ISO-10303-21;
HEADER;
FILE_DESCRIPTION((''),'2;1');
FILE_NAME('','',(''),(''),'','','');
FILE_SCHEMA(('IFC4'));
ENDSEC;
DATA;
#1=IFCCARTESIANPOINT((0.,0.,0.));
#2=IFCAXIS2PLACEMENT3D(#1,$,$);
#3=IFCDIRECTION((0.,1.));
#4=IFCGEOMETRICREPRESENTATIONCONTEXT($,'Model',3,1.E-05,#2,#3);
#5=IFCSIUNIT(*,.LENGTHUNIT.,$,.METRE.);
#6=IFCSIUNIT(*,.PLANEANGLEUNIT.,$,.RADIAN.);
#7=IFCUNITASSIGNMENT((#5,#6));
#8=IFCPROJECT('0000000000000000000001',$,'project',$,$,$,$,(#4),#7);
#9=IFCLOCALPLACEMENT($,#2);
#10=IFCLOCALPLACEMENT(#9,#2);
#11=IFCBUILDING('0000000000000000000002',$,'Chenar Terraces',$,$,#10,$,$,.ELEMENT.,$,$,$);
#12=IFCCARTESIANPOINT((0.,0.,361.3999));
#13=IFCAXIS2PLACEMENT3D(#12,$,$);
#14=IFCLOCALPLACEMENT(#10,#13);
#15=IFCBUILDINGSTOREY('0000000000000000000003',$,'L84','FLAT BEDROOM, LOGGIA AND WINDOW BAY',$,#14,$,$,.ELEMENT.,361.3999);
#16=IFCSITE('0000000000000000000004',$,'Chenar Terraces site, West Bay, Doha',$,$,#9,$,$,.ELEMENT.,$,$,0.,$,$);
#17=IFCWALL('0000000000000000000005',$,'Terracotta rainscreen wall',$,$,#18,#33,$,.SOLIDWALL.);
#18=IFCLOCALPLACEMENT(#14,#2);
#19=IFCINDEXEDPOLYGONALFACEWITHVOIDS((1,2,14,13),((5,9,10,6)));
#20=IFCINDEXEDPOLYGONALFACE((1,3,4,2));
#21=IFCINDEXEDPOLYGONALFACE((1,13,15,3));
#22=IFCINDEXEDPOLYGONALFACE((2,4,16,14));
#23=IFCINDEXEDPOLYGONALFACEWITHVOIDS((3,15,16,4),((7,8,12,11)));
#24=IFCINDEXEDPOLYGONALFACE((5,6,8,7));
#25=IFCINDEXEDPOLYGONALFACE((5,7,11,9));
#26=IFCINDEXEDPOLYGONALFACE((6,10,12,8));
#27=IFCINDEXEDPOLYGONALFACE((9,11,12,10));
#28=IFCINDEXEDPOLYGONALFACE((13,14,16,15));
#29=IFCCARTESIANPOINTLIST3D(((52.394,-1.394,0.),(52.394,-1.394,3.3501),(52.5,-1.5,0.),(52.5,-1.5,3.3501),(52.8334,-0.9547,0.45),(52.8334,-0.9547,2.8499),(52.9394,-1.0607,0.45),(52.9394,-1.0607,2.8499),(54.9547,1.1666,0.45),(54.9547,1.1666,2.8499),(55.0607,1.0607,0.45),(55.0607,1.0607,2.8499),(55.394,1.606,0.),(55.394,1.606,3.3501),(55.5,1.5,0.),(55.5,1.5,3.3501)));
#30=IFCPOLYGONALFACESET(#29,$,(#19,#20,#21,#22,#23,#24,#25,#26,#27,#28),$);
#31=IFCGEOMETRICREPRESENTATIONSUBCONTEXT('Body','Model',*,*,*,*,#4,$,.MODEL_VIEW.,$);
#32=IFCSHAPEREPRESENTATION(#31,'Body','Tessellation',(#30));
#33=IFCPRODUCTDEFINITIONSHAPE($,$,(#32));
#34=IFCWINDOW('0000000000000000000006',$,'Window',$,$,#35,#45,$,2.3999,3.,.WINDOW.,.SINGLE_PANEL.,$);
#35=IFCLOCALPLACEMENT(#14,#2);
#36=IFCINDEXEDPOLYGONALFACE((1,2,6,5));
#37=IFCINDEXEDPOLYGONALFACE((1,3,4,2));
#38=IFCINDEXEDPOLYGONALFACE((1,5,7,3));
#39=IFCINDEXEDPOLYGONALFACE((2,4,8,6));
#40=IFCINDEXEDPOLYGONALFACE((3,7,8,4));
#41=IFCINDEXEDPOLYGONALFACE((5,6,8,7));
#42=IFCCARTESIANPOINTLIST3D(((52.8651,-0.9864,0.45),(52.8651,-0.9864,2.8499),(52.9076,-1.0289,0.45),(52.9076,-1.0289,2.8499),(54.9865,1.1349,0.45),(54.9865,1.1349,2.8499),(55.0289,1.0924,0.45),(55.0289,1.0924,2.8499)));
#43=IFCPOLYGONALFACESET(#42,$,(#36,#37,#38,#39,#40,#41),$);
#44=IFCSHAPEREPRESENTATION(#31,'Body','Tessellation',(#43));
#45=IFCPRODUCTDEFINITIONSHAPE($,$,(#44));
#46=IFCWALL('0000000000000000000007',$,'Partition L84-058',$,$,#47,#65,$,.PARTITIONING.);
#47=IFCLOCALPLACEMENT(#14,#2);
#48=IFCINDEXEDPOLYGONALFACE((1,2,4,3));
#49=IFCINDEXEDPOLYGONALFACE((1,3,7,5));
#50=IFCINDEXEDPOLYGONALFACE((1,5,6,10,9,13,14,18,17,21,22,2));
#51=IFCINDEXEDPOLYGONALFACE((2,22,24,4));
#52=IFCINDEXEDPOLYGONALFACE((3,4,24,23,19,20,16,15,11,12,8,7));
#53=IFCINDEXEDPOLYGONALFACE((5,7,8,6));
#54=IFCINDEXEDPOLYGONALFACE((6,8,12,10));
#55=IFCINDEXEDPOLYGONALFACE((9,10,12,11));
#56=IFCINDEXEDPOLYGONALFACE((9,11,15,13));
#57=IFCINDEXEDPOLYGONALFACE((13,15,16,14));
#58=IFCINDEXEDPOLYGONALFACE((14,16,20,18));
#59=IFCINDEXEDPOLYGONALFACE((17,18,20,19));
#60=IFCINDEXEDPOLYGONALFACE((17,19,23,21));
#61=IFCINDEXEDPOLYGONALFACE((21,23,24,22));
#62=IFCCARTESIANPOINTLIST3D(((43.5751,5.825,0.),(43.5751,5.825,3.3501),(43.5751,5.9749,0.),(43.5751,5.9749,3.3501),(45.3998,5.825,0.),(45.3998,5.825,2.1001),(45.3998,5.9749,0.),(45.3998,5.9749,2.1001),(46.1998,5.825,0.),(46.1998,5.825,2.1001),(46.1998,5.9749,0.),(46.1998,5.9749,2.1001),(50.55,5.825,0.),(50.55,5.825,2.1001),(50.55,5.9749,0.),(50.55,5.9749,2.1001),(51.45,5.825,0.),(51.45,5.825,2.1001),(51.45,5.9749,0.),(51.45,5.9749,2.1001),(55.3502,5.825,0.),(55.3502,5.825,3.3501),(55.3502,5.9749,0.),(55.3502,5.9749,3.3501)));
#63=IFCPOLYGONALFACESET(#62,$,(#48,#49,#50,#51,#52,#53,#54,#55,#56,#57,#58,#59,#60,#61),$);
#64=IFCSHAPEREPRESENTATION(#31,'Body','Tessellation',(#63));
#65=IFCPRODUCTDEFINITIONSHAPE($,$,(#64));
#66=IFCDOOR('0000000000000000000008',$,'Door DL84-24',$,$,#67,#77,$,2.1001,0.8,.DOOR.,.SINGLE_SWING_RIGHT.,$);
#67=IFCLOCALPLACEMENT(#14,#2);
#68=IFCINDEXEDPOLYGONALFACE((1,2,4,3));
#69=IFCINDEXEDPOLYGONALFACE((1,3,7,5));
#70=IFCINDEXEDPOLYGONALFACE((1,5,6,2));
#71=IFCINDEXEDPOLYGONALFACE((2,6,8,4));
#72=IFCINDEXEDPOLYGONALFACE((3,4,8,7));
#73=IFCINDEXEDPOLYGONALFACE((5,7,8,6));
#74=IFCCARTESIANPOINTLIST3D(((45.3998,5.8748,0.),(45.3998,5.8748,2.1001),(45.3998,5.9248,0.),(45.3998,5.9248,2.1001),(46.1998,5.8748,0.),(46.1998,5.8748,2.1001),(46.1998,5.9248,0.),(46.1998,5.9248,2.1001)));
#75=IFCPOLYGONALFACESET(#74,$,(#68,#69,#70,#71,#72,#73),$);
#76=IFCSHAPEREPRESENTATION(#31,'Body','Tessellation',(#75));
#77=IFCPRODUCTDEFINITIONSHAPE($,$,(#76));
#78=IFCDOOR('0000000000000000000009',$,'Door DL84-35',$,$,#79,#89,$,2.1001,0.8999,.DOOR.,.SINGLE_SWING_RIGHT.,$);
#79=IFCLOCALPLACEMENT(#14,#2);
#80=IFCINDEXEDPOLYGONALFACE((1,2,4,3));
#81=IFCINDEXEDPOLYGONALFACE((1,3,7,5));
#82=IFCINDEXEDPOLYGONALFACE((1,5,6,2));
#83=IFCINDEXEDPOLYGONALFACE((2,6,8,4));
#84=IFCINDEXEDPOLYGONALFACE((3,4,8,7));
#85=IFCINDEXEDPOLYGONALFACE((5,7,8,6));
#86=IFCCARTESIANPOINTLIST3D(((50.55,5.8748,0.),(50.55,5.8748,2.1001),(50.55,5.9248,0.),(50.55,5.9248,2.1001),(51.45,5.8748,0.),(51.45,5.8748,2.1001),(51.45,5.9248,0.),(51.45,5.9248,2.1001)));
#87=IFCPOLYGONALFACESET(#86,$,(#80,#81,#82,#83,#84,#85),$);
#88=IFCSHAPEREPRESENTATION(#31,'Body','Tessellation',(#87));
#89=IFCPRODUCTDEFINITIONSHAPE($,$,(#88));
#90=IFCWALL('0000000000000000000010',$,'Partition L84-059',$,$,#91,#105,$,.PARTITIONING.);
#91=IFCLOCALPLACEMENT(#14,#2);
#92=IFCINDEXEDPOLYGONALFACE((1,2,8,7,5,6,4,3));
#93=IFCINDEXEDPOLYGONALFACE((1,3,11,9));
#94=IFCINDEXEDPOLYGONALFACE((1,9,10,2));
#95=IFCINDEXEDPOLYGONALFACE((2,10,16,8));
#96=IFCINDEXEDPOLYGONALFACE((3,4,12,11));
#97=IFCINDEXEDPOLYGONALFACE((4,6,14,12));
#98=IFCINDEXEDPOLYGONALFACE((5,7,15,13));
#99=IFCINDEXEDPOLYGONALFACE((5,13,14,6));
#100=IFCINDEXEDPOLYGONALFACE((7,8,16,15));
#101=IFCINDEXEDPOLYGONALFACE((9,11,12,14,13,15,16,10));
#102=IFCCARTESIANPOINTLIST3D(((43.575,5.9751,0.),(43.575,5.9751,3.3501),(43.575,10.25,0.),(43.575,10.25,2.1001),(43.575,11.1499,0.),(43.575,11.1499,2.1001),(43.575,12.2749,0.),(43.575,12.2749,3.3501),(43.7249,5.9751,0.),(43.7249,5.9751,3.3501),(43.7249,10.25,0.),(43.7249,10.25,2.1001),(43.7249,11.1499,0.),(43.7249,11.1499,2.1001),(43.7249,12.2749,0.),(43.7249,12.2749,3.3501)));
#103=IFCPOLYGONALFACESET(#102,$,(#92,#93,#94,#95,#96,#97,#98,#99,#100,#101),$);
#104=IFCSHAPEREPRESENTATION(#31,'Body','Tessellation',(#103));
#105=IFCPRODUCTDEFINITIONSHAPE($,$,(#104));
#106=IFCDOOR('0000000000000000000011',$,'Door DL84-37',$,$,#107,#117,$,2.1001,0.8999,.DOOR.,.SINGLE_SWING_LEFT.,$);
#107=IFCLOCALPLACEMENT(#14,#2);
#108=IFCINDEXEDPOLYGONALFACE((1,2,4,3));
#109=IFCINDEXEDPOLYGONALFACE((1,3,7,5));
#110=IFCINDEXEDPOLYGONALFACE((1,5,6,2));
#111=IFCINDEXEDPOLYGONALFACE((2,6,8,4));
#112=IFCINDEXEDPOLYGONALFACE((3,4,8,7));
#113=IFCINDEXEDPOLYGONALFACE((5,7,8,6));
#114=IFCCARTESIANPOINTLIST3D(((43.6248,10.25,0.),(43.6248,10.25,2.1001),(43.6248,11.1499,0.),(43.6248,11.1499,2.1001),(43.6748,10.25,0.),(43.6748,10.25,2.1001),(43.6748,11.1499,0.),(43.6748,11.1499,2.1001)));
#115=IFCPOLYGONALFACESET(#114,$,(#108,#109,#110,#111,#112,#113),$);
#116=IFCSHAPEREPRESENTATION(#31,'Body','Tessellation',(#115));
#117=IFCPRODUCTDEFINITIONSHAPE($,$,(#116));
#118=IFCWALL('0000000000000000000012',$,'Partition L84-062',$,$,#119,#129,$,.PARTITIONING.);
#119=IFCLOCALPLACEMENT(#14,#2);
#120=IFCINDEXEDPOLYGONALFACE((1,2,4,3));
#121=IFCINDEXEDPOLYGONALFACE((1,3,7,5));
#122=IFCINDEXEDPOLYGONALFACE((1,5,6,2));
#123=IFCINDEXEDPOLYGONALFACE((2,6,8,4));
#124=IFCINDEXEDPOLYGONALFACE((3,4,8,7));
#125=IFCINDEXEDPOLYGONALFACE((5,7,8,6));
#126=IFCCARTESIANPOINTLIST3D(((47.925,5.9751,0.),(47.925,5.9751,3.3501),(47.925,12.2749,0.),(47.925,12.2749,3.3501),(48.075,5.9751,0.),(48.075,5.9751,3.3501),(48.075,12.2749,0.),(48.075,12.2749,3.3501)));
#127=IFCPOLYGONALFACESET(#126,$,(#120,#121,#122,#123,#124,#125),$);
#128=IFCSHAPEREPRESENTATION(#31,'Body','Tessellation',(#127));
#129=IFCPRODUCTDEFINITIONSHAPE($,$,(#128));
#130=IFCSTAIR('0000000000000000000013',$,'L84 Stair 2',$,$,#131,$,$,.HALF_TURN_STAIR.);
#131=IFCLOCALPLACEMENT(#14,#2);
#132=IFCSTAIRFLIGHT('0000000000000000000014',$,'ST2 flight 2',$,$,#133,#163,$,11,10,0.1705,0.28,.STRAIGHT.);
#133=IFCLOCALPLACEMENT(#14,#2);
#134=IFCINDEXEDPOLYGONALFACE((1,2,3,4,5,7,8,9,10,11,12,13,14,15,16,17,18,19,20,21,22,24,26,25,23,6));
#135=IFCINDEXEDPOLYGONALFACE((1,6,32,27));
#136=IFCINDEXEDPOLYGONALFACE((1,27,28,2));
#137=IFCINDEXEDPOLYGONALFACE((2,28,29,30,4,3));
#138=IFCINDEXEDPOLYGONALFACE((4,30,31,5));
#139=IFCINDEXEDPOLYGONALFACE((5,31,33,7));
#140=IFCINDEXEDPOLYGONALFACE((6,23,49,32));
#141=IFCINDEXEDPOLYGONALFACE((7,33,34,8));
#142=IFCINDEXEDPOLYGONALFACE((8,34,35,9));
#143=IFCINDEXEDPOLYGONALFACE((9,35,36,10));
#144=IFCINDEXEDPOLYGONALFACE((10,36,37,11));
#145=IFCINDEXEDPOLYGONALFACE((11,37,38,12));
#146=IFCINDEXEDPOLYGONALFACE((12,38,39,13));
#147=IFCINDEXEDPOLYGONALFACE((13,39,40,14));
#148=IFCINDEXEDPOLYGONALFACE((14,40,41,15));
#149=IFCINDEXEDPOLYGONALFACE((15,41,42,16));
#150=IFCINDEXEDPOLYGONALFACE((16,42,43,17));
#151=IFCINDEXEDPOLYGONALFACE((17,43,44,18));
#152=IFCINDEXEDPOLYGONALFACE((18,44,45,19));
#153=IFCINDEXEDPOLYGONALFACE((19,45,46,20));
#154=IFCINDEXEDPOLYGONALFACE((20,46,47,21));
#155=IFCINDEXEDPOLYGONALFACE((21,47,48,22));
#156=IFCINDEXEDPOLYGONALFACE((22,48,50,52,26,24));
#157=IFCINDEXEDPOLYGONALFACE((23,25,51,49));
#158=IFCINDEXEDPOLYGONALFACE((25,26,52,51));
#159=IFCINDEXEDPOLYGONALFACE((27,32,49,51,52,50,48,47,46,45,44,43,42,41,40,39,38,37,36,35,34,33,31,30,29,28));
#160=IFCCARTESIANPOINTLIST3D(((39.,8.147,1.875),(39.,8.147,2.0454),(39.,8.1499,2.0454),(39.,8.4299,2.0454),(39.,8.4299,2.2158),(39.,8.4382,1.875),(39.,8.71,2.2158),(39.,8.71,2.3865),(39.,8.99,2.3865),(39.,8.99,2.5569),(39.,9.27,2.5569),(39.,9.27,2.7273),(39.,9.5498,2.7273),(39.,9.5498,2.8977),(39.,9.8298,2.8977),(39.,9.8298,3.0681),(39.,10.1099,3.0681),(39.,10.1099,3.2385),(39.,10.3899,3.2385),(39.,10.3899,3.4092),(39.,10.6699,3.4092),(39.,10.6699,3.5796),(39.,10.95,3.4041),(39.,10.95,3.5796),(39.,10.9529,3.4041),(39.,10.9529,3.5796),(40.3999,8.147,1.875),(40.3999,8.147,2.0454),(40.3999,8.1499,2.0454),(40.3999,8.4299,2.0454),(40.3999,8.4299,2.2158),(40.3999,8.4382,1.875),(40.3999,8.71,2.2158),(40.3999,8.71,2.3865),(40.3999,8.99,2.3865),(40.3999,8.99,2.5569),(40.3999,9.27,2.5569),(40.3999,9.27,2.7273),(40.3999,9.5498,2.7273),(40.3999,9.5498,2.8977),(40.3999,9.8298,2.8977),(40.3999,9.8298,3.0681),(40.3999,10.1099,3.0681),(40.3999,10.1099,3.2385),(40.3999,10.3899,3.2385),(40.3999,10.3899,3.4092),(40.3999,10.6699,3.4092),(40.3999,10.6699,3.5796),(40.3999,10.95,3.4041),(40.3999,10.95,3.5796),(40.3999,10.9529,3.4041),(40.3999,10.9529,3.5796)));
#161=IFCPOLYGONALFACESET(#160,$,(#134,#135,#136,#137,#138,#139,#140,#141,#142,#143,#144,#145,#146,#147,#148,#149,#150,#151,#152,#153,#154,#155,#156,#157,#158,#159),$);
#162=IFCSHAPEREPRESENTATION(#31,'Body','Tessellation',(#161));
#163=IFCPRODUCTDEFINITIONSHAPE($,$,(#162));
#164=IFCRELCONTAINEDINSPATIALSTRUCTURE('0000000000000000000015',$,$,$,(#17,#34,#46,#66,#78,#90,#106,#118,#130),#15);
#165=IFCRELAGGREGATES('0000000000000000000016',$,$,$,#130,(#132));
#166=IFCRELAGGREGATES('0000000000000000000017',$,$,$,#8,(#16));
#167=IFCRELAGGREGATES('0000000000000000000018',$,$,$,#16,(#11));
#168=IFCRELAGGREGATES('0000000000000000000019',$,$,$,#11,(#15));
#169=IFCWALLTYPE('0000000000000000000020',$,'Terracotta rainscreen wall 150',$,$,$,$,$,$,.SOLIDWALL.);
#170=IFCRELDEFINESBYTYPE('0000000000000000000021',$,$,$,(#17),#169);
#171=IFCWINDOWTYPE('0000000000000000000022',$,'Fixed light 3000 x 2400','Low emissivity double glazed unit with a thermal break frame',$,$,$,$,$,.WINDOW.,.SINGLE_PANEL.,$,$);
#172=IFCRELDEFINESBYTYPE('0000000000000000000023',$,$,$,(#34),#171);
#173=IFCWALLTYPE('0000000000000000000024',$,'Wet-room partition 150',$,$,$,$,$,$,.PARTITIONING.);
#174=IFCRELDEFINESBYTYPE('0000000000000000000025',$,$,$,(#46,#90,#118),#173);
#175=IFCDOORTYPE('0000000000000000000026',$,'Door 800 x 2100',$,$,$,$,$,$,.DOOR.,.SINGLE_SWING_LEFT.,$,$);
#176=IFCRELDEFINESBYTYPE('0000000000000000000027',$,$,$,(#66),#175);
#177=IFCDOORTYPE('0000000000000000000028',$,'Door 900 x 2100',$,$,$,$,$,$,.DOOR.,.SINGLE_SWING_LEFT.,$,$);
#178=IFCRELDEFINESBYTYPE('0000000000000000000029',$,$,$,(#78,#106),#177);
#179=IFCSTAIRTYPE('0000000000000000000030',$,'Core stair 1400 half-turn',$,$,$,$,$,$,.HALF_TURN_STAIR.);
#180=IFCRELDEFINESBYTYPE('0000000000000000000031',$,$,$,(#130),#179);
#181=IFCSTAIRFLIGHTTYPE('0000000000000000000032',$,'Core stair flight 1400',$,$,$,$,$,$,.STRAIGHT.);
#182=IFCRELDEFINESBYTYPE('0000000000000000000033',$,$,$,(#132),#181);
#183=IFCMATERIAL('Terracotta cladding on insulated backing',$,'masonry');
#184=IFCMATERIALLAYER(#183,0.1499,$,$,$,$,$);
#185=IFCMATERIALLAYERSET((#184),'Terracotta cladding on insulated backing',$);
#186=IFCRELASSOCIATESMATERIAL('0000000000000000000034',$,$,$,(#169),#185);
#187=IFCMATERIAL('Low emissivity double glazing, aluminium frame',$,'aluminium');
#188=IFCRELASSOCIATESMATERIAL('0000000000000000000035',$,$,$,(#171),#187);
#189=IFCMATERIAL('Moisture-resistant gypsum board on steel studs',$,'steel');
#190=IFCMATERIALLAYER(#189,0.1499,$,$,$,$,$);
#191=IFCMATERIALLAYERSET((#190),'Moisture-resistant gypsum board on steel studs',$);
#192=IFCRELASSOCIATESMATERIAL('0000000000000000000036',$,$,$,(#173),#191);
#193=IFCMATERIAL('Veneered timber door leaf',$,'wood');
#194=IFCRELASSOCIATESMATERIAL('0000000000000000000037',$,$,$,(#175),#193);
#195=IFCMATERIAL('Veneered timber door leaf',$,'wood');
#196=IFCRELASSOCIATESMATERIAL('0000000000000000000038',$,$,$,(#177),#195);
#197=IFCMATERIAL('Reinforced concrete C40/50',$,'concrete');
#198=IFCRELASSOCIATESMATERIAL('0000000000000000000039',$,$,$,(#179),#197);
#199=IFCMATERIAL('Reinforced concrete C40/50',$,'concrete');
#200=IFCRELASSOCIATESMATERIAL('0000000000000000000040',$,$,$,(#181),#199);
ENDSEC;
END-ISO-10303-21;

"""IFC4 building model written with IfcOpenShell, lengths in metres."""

from ifc_helpers import new_model, si_unit, direction, frame, frame_2d, origin, place, context, subcontext, project, spatial, polyline, rectangle, outline, extrude, material, layer, layer_set, type_object, element, fill, aggregate, save


model = new_model("IFC4")

# Units and contexts
model_context = context("Model", 3, precision=1e-05, world=origin(), true_north=direction((0.0, 1.0)))
body_context = subcontext(model_context, "Body", "Model", "MODEL_VIEW")
ifc_project = project(units=[si_unit("LENGTHUNIT", "METRE"), si_unit("PLANEANGLEUNIT", "RADIAN")], contexts=[model_context])

# Site, building, storey
site_placement = place(None, origin())
site = spatial("IfcSite", under=ifc_project, at=site_placement, Name="Chenar Terraces site, West Bay, Doha", CompositionType="ELEMENT", RefElevation=0.0)
building_placement = place(site_placement, origin())
building = spatial("IfcBuilding", under=site, at=building_placement, Name="Chenar Terraces", CompositionType="ELEMENT")
storey_placement = place(building_placement, frame((0.0, 0.0, 361.3999)))
storey = spatial("IfcBuildingStorey", under=building, at=storey_placement, Name="L84", Description="FLAT BEDROOM, LOGGIA AND WINDOW BAY", CompositionType="ELEMENT", Elevation=361.3999)

# Wall, opening, window
ifc_material_1 = material(Name="Terracotta cladding on insulated backing", Category="masonry")
ifc_layer_1 = layer(ifc_material_1, 0.1499)
ifc_layer_set_1 = layer_set([ifc_layer_1], Name="Terracotta cladding on insulated backing")
wall_type_1 = type_object("IfcWallType", Name="Terracotta rainscreen wall 150", PredefinedType="SOLIDWALL", material=ifc_layer_set_1)
wall_1_placement = place(storey_placement, frame((52.447, -1.447, 0.0), z_axis=(0.0, 0.0, 1.0), x_axis=(0.707107, 0.707107, 0.0)))
wall_1 = element("IfcWall", 1, at=wall_1_placement, inside=storey, type_object=wall_type_1, Name="Terracotta rainscreen wall", PredefinedType="SOLIDWALL", context=body_context, shape_type="SweptSolid", body=[
    extrude(rectangle(XDim=4.2427, YDim=0.1499, at=frame_2d((2.1213, 0.0))), origin(), (0.0, 0.0, 1.0), 3.3501),
])
opening_1_placement = place(wall_1_placement, frame((0.6213, 0.0, 0.45)))
opening_1 = element("IfcOpeningElement", 2, at=opening_1_placement, cuts=wall_1, PredefinedType="OPENING", context=body_context, shape_type="SweptSolid", body=[
    extrude(rectangle(XDim=3.0, YDim=2.3999, at=frame_2d((1.5, 1.2))), frame((0.0, 0.085, 0.0), z_axis=(0.0, -1.0, 0.0), x_axis=(1.0, 0.0, 0.0)), (0.0, 0.0, 1.0), 0.1699),
])
ifc_material_2 = material(Name="Low emissivity double glazing, aluminium frame", Category="aluminium")
window_type_1 = type_object("IfcWindowType", Name="Fixed light 3000 x 2400", Description="Low emissivity double glazed unit with a thermal break frame", PartitioningType="SINGLE_PANEL", PredefinedType="WINDOW", material=ifc_material_2)
window_1_placement = place(opening_1_placement, origin())
window_1 = element("IfcWindow", 3, at=window_1_placement, inside=storey, type_object=window_type_1, Name="Window", OverallHeight=2.3999, OverallWidth=3.0, PartitioningType="SINGLE_PANEL", PredefinedType="WINDOW", context=body_context, shape_type="SweptSolid", body=[
    extrude(rectangle(XDim=3.0, YDim=2.3999, at=frame_2d((1.5, 1.2))), frame((0.0, 0.03, 0.0), z_axis=(0.0, -1.0, 0.0), x_axis=(1.0, 0.0, 0.0)), (0.0, 0.0, 1.0), 0.0601),
])
fill(opening_1, window_1)

# Wall, openings, doors
ifc_material_3 = material(Name="Moisture-resistant gypsum board on steel studs", Category="steel")
ifc_layer_2 = layer(ifc_material_3, 0.1499)
ifc_layer_set_2 = layer_set([ifc_layer_2], Name="Moisture-resistant gypsum board on steel studs")
wall_type_2 = type_object("IfcWallType", Name="Wet-room partition 150", PredefinedType="PARTITIONING", material=ifc_layer_set_2)
wall_2_placement = place(storey_placement, frame((43.575, 5.8999, 0.0), z_axis=(0.0, 0.0, 1.0), x_axis=(1.0, 0.0, 0.0)))
wall_2 = element("IfcWall", 4, at=wall_2_placement, inside=storey, type_object=wall_type_2, Name="Partition L84-058", PredefinedType="PARTITIONING", context=body_context, shape_type="SweptSolid", body=[
    extrude(rectangle(XDim=11.7751, YDim=0.1499, at=frame_2d((5.8877, 0.0))), origin(), (0.0, 0.0, 1.0), 3.3501),
])
opening_2_placement = place(wall_2_placement, frame((1.825, 0.0, 0.0)))
opening_2 = element("IfcOpeningElement", 5, at=opening_2_placement, cuts=wall_2, PredefinedType="OPENING", context=body_context, shape_type="SweptSolid", body=[
    extrude(rectangle(XDim=0.8, YDim=2.1001, at=frame_2d((0.3999, 1.05))), frame((0.0, 0.085, 0.0), z_axis=(0.0, -1.0, 0.0), x_axis=(1.0, 0.0, 0.0)), (0.0, 0.0, 1.0), 0.1699),
])
opening_3_placement = place(wall_2_placement, frame((6.9751, 0.0, 0.0)))
opening_3 = element("IfcOpeningElement", 6, at=opening_3_placement, cuts=wall_2, PredefinedType="OPENING", context=body_context, shape_type="SweptSolid", body=[
    extrude(rectangle(XDim=0.8999, YDim=2.1001, at=frame_2d((0.45, 1.05))), frame((0.0, 0.085, 0.0), z_axis=(0.0, -1.0, 0.0), x_axis=(1.0, 0.0, 0.0)), (0.0, 0.0, 1.0), 0.1699),
])
ifc_material_4 = material(Name="Veneered timber door leaf", Category="wood")
door_type_1 = type_object("IfcDoorType", Name="Door 800 x 2100", OperationType="SINGLE_SWING_LEFT", PredefinedType="DOOR", material=ifc_material_4)
door_1_placement = place(opening_2_placement, origin())
door_1 = element("IfcDoor", 7, at=door_1_placement, inside=storey, type_object=door_type_1, Name="Door DL84-24", OperationType="SINGLE_SWING_RIGHT", OverallHeight=2.1001, OverallWidth=0.8, PredefinedType="DOOR", context=body_context, shape_type="SweptSolid", body=[
    extrude(rectangle(XDim=0.8, YDim=2.1001, at=frame_2d((0.3999, 1.05))), frame((0.0, 0.0249, 0.0), z_axis=(0.0, -1.0, 0.0), x_axis=(1.0, 0.0, 0.0)), (0.0, 0.0, 1.0), 0.05),
])
fill(opening_2, door_1)
ifc_material_5 = material(Name="Veneered timber door leaf", Category="wood")
door_type_2 = type_object("IfcDoorType", Name="Door 900 x 2100", OperationType="SINGLE_SWING_LEFT", PredefinedType="DOOR", material=ifc_material_5)
door_2_placement = place(opening_3_placement, origin())
door_2 = element("IfcDoor", 8, at=door_2_placement, inside=storey, type_object=door_type_2, Name="Door DL84-35", OperationType="SINGLE_SWING_RIGHT", OverallHeight=2.1001, OverallWidth=0.8999, PredefinedType="DOOR", context=body_context, shape_type="SweptSolid", body=[
    extrude(rectangle(XDim=0.8999, YDim=2.1001, at=frame_2d((0.45, 1.05))), frame((0.0, 0.0249, 0.0), z_axis=(0.0, -1.0, 0.0), x_axis=(1.0, 0.0, 0.0)), (0.0, 0.0, 1.0), 0.05),
])
fill(opening_3, door_2)

# Wall, opening, door
wall_3_placement = place(storey_placement, frame((43.6499, 5.9751, 0.0), z_axis=(0.0, 0.0, 1.0), x_axis=(0.0, 1.0, 0.0)))
wall_3 = element("IfcWall", 9, at=wall_3_placement, inside=storey, type_object=wall_type_2, Name="Partition L84-059", PredefinedType="PARTITIONING", context=body_context, shape_type="SweptSolid", body=[
    extrude(rectangle(XDim=6.2998, YDim=0.1499, at=frame_2d((3.1499, 0.0))), origin(), (0.0, 0.0, 1.0), 3.3501),
])
opening_4_placement = place(wall_3_placement, frame((4.2749, 0.0, 0.0)))
opening_4 = element("IfcOpeningElement", 10, at=opening_4_placement, cuts=wall_3, PredefinedType="OPENING", context=body_context, shape_type="SweptSolid", body=[
    extrude(rectangle(XDim=0.8999, YDim=2.1001, at=frame_2d((0.45, 1.05))), frame((0.0, 0.085, 0.0), z_axis=(0.0, -1.0, 0.0), x_axis=(1.0, 0.0, 0.0)), (0.0, 0.0, 1.0), 0.1699),
])
door_3_placement = place(opening_4_placement, frame((0.8999, 0.0, 0.0), z_axis=(0.0, 0.0, 1.0), x_axis=(-1.0, 0.0, 0.0)))
door_3 = element("IfcDoor", 11, at=door_3_placement, inside=storey, type_object=door_type_2, Name="Door DL84-37", OperationType="SINGLE_SWING_LEFT", OverallHeight=2.1001, OverallWidth=0.8999, PredefinedType="DOOR", context=body_context, shape_type="SweptSolid", body=[
    extrude(rectangle(XDim=0.8999, YDim=2.1001, at=frame_2d((0.45, 1.05))), frame((0.0, 0.0249, 0.0), z_axis=(0.0, -1.0, 0.0), x_axis=(1.0, 0.0, 0.0)), (0.0, 0.0, 1.0), 0.05),
])
fill(opening_4, door_3)

# Wall
wall_4_placement = place(storey_placement, frame((48.0, 5.9751, 0.0), z_axis=(0.0, 0.0, 1.0), x_axis=(0.0, 1.0, 0.0)))
element("IfcWall", 12, at=wall_4_placement, inside=storey, type_object=wall_type_2, Name="Partition L84-062", PredefinedType="PARTITIONING", context=body_context, shape_type="SweptSolid", body=[
    extrude(rectangle(XDim=6.2998, YDim=0.1499, at=frame_2d((3.1499, 0.0))), origin(), (0.0, 0.0, 1.0), 3.3501),
])

# Stair, stair flight
ifc_material_6 = material(Name="Reinforced concrete C40/50", Category="concrete")
stair_type = type_object("IfcStairType", Name="Core stair 1400 half-turn", PredefinedType="HALF_TURN_STAIR", material=ifc_material_6)
stair_placement = place(storey_placement, origin())
stair = element("IfcStair", 13, at=stair_placement, inside=storey, type_object=stair_type, Name="L84 Stair 2", PredefinedType="HALF_TURN_STAIR")
ifc_material_7 = material(Name="Reinforced concrete C40/50", Category="concrete")
stair_flight_type = type_object("IfcStairFlightType", Name="Core stair flight 1400", PredefinedType="STRAIGHT", material=ifc_material_7)
stair_flight_placement = place(storey_placement, frame((39.7, 8.1499, 1.875), z_axis=(0.0, 0.0, 1.0), x_axis=(0.0, 1.0, 0.0)))
stair_flight = element("IfcStairFlight", 14, at=stair_flight_placement, type_object=stair_flight_type, Name="ST2 flight 2", NumberOfRisers=11, NumberOfTreads=10, PredefinedType="STRAIGHT", RiserHeight=0.1705, TreadLength=0.28, context=body_context, shape_type="SweptSolid", body=[
    extrude(outline(polyline([(-0.0029, 0.0), (-0.0029, 0.1704), (0.0, 0.1704), (0.28, 0.1704), (0.28, 0.3408), (0.5601, 0.3408), (0.5601, 0.5115), (0.8401, 0.5115), (0.8401, 0.6819), (1.1201, 0.6819), (1.1201, 0.8523), (1.3999, 0.8523), (1.3999, 1.0227), (1.6799, 1.0227), (1.6799, 1.1931), (1.96, 1.1931), (1.96, 1.3635), (2.24, 1.3635), (2.24, 1.5342), (2.52, 1.5342), (2.52, 1.7046), (2.8, 1.7046), (2.803, 1.7046), (2.803, 1.5291), (2.8, 1.5291), (0.2883, 0.0), (-0.0029, 0.0)])), frame((0.0, 0.7, 0.0), z_axis=(0.0, -1.0, 0.0), x_axis=(1.0, 0.0, 0.0)), (0.0, 0.0, 1.0), 1.3999),
])
aggregate(stair, [stair_flight])

save(model, "model.ifc")
